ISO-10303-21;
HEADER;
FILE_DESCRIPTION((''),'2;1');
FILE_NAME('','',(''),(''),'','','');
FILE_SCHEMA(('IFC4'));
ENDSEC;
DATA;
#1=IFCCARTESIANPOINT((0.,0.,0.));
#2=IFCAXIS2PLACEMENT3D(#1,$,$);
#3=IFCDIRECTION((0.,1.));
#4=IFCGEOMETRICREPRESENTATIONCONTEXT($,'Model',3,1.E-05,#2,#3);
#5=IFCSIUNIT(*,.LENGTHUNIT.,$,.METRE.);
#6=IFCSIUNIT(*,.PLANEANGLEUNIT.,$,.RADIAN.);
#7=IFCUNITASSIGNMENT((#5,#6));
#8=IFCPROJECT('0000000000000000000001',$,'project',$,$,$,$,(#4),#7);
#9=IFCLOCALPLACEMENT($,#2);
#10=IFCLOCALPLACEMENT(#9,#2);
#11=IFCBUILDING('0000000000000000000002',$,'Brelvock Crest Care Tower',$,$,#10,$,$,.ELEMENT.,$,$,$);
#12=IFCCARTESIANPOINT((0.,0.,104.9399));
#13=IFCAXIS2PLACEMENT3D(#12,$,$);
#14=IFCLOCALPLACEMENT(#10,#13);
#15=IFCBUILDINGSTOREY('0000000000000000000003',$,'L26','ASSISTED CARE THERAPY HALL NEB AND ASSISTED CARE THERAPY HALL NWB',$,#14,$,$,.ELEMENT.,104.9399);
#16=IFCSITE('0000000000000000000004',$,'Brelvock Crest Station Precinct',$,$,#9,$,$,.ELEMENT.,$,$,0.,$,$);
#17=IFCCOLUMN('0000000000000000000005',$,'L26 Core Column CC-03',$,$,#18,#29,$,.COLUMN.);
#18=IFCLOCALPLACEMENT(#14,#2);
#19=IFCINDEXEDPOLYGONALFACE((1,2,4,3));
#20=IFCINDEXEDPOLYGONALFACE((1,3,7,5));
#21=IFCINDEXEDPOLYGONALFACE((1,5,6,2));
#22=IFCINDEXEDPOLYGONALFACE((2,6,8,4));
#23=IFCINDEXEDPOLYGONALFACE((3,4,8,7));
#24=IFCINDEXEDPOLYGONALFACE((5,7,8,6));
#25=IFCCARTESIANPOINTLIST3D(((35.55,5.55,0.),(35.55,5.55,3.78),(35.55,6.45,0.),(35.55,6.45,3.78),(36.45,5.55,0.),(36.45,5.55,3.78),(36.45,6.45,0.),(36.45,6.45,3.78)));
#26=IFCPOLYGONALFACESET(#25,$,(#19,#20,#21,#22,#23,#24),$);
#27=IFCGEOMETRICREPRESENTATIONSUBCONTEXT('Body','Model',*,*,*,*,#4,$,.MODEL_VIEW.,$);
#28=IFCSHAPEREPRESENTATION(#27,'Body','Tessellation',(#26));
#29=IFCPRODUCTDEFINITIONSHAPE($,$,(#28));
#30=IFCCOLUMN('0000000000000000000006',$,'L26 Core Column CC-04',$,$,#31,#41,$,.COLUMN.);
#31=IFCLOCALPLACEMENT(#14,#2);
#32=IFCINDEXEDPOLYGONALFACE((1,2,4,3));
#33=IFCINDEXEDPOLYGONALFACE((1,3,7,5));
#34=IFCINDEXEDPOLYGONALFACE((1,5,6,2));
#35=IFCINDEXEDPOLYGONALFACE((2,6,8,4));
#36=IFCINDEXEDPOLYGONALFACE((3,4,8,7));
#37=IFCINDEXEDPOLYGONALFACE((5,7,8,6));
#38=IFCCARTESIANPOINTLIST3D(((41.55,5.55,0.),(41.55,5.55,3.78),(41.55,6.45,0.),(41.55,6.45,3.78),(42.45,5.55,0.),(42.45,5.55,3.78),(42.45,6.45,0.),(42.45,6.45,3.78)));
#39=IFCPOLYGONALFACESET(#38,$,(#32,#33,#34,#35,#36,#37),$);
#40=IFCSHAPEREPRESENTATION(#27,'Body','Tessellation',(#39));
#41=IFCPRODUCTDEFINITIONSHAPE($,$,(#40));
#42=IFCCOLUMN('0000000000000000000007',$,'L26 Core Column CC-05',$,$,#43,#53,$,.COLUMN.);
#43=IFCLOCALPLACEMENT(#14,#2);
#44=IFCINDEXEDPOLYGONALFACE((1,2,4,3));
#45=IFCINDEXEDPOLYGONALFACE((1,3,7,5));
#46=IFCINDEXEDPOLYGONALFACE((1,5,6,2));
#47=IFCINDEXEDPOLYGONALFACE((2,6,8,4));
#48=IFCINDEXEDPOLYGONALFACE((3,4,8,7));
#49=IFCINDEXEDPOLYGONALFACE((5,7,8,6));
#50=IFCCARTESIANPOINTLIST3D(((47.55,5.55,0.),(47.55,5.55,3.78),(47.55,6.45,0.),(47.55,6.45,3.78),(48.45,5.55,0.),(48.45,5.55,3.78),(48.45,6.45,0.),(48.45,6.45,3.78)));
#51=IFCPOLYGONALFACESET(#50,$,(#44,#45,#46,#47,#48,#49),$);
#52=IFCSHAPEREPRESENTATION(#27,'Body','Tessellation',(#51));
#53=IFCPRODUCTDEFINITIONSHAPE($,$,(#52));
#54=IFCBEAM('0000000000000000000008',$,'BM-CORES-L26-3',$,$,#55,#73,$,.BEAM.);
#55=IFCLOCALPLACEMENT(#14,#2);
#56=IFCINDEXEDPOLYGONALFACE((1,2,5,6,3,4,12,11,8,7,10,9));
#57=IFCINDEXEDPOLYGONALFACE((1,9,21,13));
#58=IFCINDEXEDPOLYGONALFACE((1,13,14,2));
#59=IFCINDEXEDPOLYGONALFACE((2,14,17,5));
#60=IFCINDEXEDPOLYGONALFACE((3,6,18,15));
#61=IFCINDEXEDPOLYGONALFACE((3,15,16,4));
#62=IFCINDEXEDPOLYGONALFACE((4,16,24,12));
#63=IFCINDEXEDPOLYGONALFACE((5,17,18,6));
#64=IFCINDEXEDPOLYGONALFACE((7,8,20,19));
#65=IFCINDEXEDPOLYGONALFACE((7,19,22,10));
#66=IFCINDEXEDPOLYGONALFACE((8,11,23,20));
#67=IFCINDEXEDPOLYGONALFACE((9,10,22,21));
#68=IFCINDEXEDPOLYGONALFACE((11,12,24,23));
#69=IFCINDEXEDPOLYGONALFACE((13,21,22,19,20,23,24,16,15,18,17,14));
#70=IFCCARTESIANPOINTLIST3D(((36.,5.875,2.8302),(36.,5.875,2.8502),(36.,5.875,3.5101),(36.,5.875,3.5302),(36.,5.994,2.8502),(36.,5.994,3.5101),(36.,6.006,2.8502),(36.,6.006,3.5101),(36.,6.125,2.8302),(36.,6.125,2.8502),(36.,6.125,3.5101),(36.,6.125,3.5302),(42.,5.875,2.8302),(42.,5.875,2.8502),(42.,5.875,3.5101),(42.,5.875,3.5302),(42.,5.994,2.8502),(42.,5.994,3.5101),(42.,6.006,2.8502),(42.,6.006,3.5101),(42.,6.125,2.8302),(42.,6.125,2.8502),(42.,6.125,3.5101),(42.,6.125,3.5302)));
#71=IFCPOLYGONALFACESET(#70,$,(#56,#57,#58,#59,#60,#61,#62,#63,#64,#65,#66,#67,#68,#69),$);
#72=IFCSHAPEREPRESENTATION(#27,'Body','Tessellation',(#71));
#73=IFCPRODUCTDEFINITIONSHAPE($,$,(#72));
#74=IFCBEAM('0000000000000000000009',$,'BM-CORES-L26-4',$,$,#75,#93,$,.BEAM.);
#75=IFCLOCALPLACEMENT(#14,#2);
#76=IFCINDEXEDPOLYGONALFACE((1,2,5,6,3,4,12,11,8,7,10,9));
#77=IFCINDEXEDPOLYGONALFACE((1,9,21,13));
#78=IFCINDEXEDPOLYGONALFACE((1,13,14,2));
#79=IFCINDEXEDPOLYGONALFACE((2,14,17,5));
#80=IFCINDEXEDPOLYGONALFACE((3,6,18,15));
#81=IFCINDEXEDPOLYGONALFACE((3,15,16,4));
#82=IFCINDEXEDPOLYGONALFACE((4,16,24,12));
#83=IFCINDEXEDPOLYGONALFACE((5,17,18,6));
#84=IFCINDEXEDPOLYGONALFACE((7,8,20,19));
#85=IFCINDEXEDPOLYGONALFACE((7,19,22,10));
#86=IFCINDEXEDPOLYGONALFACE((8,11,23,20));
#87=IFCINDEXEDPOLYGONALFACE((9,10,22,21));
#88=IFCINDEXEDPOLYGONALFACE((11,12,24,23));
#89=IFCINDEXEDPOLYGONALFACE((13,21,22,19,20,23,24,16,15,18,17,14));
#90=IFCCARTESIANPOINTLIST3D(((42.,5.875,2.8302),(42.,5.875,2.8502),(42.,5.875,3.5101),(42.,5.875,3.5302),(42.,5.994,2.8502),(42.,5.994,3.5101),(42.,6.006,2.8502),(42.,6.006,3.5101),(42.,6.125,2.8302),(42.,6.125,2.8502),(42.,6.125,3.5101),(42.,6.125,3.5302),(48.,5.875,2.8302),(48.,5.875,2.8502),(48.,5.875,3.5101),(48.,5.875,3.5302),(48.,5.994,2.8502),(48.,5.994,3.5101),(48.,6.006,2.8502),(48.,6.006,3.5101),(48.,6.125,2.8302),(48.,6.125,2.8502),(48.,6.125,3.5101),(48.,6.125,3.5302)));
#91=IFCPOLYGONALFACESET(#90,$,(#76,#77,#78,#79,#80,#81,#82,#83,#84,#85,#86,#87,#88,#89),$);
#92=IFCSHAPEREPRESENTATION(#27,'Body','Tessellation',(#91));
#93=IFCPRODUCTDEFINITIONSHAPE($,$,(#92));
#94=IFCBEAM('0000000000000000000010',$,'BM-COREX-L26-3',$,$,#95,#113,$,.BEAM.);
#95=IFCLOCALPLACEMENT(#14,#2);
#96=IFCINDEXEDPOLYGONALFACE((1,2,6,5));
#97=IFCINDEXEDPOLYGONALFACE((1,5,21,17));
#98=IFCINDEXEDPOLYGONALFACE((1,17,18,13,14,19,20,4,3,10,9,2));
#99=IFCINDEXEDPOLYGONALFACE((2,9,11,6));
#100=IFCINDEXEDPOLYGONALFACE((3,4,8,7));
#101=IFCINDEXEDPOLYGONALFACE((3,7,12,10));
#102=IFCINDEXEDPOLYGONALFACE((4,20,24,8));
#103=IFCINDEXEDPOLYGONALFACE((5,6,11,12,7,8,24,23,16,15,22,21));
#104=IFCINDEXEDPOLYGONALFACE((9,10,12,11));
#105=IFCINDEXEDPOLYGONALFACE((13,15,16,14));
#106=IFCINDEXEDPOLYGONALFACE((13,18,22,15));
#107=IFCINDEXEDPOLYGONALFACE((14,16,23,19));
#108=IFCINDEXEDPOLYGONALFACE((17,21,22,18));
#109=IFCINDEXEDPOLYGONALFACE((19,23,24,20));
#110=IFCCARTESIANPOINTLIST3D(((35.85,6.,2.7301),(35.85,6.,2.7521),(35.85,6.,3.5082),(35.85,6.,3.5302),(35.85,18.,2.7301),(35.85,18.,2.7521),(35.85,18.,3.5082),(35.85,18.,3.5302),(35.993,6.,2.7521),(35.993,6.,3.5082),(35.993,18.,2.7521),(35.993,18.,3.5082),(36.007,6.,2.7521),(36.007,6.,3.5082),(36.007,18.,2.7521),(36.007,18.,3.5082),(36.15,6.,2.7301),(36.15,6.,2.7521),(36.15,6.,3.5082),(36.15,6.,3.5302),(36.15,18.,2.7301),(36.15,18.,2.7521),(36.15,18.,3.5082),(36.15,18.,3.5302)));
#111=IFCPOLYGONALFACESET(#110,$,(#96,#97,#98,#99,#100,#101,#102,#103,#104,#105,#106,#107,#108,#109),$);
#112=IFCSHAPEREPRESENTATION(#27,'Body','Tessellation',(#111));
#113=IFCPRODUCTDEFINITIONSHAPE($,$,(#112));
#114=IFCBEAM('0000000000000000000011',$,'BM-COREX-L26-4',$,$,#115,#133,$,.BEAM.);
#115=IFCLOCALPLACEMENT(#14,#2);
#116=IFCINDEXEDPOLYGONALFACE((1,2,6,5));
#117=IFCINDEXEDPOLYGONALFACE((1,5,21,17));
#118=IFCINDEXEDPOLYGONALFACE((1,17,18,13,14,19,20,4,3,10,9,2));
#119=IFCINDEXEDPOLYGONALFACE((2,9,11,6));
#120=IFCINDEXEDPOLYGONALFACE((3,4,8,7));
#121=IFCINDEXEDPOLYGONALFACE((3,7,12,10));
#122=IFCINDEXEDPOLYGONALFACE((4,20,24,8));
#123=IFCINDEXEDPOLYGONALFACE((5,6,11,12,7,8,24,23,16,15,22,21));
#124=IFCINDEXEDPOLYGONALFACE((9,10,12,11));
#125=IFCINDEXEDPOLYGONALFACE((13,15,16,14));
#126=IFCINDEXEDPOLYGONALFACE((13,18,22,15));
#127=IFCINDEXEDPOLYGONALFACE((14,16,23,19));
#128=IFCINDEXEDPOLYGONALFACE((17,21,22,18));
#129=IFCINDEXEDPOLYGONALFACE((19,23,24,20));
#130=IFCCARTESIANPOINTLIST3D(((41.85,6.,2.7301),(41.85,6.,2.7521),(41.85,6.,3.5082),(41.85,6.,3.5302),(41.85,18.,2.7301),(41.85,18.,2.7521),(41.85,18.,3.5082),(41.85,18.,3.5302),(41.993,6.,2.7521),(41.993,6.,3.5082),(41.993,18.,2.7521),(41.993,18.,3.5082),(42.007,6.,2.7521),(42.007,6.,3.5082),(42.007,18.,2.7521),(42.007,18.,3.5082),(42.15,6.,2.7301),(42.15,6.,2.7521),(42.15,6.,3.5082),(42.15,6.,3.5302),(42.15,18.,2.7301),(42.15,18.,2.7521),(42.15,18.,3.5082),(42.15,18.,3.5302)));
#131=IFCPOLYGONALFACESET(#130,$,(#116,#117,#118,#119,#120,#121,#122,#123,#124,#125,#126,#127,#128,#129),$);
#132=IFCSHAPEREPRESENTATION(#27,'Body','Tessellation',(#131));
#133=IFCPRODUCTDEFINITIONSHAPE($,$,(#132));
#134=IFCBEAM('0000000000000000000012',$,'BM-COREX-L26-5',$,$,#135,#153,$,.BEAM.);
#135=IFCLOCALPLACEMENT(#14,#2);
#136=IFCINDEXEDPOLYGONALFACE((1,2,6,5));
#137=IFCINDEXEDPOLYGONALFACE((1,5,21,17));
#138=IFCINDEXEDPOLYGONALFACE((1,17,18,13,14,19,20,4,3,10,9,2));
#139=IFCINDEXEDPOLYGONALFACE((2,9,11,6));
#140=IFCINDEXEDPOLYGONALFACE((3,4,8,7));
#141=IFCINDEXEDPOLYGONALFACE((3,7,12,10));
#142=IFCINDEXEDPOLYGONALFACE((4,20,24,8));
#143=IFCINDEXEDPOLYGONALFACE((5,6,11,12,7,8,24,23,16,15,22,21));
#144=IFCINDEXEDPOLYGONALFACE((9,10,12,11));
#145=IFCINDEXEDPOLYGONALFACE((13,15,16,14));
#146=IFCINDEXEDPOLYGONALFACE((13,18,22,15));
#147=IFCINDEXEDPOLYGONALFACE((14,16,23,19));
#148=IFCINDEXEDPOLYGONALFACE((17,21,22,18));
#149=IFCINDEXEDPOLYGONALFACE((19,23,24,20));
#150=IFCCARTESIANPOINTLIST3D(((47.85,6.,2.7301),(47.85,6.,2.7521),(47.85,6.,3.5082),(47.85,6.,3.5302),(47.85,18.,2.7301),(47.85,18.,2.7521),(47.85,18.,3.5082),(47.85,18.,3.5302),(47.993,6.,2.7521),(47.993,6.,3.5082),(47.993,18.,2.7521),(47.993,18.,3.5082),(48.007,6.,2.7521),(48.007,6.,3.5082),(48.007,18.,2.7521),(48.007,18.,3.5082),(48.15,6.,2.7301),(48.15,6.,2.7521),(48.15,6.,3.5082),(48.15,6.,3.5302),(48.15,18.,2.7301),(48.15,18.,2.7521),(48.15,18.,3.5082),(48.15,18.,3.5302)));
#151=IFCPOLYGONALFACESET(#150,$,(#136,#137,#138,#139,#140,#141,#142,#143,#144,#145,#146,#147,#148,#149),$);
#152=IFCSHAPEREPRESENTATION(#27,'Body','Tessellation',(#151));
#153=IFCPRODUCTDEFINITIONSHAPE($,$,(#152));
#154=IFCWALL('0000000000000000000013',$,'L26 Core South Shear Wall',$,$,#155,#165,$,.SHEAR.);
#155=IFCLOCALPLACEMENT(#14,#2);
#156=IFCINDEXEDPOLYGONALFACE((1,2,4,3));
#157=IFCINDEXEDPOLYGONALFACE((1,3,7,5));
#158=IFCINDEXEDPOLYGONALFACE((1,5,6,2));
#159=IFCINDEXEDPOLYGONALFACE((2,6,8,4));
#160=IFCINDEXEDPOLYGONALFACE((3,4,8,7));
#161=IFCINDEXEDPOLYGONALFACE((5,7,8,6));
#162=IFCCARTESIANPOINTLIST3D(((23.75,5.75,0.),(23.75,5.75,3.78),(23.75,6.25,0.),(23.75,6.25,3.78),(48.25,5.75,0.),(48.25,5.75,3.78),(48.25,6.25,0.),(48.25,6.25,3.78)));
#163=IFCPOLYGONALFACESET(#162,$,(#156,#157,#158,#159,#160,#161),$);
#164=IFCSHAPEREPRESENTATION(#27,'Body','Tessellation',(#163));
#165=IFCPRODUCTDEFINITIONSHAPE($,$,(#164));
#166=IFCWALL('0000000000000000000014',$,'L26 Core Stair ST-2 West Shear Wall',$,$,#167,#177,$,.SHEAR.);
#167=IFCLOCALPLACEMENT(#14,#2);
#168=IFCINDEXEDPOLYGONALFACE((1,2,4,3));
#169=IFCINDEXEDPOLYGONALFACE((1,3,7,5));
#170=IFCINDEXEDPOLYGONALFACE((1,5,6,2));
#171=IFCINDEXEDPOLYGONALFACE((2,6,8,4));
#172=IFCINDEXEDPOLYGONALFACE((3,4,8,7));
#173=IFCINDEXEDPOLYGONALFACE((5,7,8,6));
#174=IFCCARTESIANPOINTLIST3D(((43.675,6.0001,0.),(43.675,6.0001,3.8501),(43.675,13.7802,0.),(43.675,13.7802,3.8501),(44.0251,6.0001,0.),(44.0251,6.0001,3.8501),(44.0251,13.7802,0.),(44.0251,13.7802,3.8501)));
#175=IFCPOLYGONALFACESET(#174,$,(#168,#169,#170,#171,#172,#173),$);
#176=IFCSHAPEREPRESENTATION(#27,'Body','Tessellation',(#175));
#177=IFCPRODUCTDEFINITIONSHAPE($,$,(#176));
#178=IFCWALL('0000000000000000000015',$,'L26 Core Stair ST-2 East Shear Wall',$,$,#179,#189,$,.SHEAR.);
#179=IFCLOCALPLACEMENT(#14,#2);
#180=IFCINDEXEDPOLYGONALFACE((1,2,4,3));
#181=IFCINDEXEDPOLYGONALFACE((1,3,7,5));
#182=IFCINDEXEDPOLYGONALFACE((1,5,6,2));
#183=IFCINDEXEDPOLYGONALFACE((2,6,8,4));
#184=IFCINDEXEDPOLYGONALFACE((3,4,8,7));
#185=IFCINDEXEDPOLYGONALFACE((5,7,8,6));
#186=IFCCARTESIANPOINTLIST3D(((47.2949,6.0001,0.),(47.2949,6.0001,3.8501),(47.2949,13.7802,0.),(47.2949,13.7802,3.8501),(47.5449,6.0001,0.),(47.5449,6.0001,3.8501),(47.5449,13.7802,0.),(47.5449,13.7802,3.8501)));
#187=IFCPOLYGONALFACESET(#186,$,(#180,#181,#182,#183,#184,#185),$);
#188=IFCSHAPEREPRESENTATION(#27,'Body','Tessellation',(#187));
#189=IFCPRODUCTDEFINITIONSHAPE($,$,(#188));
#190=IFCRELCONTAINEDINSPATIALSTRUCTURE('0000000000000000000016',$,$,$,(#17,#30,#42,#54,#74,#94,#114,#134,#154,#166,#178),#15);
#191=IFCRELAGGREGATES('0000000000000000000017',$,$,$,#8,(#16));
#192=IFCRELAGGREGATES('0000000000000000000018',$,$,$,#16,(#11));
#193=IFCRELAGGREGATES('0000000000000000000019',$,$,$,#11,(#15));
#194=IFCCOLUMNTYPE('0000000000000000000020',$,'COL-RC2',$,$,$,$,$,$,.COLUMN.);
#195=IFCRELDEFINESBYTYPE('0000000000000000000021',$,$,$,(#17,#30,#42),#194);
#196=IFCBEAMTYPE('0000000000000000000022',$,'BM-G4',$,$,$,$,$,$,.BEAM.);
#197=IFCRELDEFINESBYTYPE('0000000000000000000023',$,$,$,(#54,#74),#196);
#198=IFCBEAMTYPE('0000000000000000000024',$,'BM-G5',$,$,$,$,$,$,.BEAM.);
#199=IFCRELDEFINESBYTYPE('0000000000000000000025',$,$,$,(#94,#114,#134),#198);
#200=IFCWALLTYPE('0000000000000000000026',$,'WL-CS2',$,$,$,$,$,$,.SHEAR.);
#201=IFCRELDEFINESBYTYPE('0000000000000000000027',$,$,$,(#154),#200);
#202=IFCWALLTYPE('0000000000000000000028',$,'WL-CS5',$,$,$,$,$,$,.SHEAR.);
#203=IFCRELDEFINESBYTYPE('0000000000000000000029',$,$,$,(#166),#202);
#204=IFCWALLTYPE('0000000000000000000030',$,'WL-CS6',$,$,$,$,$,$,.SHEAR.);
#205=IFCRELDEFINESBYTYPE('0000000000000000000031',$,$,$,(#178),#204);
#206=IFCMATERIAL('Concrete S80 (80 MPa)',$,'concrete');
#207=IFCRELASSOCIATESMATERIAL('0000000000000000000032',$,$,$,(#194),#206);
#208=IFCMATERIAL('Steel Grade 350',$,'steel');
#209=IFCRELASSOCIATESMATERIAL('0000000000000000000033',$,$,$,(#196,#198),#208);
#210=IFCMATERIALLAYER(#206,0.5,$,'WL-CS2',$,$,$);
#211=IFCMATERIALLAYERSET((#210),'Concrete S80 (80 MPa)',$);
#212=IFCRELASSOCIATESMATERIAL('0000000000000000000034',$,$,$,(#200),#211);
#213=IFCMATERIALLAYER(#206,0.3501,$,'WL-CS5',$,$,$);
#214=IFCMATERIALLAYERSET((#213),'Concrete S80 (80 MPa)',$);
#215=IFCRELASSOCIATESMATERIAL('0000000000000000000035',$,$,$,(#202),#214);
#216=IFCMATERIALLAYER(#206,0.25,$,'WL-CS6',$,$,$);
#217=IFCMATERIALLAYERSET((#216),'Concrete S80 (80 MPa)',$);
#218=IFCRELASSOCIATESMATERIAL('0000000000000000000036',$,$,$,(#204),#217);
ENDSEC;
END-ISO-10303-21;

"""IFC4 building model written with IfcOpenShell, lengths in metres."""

from ifc_helpers import new_model, si_unit, direction, frame, frame_2d, origin, origin_2d, place, context, subcontext, project, spatial, rectangle, i_section, extrude, source, transform, mapped, material, layer, layer_set, material_profile, profile_set, type_object, element, save


model = new_model("IFC4")

# Units and contexts
model_context = context("Model", 3, precision=1e-05, world=origin(), true_north=direction((0.0, 1.0)))
body_context = subcontext(model_context, "Body", "Model", "MODEL_VIEW")
ifc_project = project(units=[si_unit("LENGTHUNIT", "METRE"), si_unit("PLANEANGLEUNIT", "RADIAN")], contexts=[model_context])

# Site, building, storey
site_placement = place(None, origin())
site = spatial("IfcSite", under=ifc_project, at=site_placement, Name="Brelvock Crest Station Precinct", CompositionType="ELEMENT", RefElevation=0.0)
building_placement = place(site_placement, origin())
building = spatial("IfcBuilding", under=site, at=building_placement, Name="Brelvock Crest Care Tower", CompositionType="ELEMENT")
storey_placement = place(building_placement, frame((0.0, 0.0, 104.9399)))
storey = spatial("IfcBuildingStorey", under=building, at=storey_placement, Name="L26", Description="ASSISTED CARE THERAPY HALL NEB AND ASSISTED CARE THERAPY HALL NWB", CompositionType="ELEMENT", Elevation=104.9399)

# Columns
ifc_material_1 = material(Name="Concrete S80 (80 MPa)", Category="concrete")
ifc_material_profile_1 = material_profile(ifc_material_1, rectangle(XDim=0.8999, YDim=0.8999, at=origin_2d()), Name="RC900x900")
ifc_profile_set_1 = profile_set([ifc_material_profile_1], Name="Concrete S80 (80 MPa)")
column_type = type_object("IfcColumnType", Name="COL-RC2", PredefinedType="COLUMN", material=ifc_profile_set_1)
shared_shape_1 = source(origin(), body_context, "Body", "SweptSolid", [
    extrude(rectangle(XDim=0.8999, YDim=0.8999, at=origin_2d()), origin(), (0.0, 0.0, 1.0), 3.78),
])
for number, where, z_axis, x_axis, name in (
    (1, (36.0, 6.0, 0.0), (0.0, 0.0, 1.0), (1.0, 0.0, 0.0), "L26 Core Column CC-03"),
    (2, (42.0, 6.0, 0.0), (0.0, 0.0, 1.0), (1.0, 0.0, 0.0), "L26 Core Column CC-04"),
    (3, (48.0, 6.0, 0.0), (0.0, 0.0, 1.0), (1.0, 0.0, 0.0), "L26 Core Column CC-05"),
):
    element("IfcColumn", number, at=place(storey_placement, frame(where, z_axis=z_axis, x_axis=x_axis)), inside=storey, type_object=column_type, Name=name, PredefinedType="COLUMN", context=body_context, shape_type="MappedRepresentation", body=[
        mapped(shared_shape_1, transform((0.0, 0.0, 0.0), x_axis=(1.0, 0.0, 0.0), y_axis=(0.0, 1.0, 0.0), z_axis=(0.0, 0.0, 1.0), scale=1.0)),
    ])

# Beams
ifc_material_2 = material(Name="Steel Grade 350", Category="steel")
ifc_material_profile_2 = material_profile(ifc_material_2, i_section(OverallWidth=0.25, OverallDepth=0.7, WebThickness=0.012, FlangeThickness=0.02, at=origin_2d()), Name="700WB150")
ifc_profile_set_2 = profile_set([ifc_material_profile_2], Name="Steel Grade 350")
beam_type_1 = type_object("IfcBeamType", Name="BM-G4", PredefinedType="BEAM", material=ifc_profile_set_2)
shared_shape_2 = source(origin(), body_context, "Body", "SweptSolid", [
    extrude(i_section(OverallWidth=0.25, OverallDepth=0.7, WebThickness=0.012, FlangeThickness=0.02, at=origin_2d()), origin(), (0.0, 0.0, 1.0), 6.0),
])
for number, where, z_axis, x_axis, name in (
    (4, (36.0, 6.0, 3.1802), (1.0, 0.0, 0.0), (0.0, 1.0, 0.0), "BM-CORES-L26-3"),
    (5, (42.0, 6.0, 3.1802), (1.0, 0.0, 0.0), (0.0, 1.0, 0.0), "BM-CORES-L26-4"),
):
    element("IfcBeam", number, at=place(storey_placement, frame(where, z_axis=z_axis, x_axis=x_axis)), inside=storey, type_object=beam_type_1, Name=name, PredefinedType="BEAM", context=body_context, shape_type="MappedRepresentation", body=[
        mapped(shared_shape_2, transform((0.0, 0.0, 0.0), x_axis=(1.0, 0.0, 0.0), y_axis=(0.0, 1.0, 0.0), z_axis=(0.0, 0.0, 1.0), scale=1.0)),
    ])
ifc_material_profile_3 = material_profile(ifc_material_2, i_section(OverallWidth=0.3, OverallDepth=0.8, WebThickness=0.0139, FlangeThickness=0.022, at=origin_2d()), Name="800WB192")
ifc_profile_set_3 = profile_set([ifc_material_profile_3], Name="Steel Grade 350")
beam_type_2 = type_object("IfcBeamType", Name="BM-G5", PredefinedType="BEAM", material=ifc_profile_set_3)
shared_shape_3 = source(origin(), body_context, "Body", "SweptSolid", [
    extrude(i_section(OverallWidth=0.3, OverallDepth=0.8, WebThickness=0.0139, FlangeThickness=0.022, at=origin_2d()), origin(), (0.0, 0.0, 1.0), 12.0),
])
for number, where, z_axis, x_axis, name in (
    (6, (36.0, 6.0, 3.1301), (0.0, 1.0, 0.0), (-1.0, 0.0, 0.0), "BM-COREX-L26-3"),
    (7, (42.0, 6.0, 3.1301), (0.0, 1.0, 0.0), (-1.0, 0.0, 0.0), "BM-COREX-L26-4"),
    (8, (48.0, 6.0, 3.1301), (0.0, 1.0, 0.0), (-1.0, 0.0, 0.0), "BM-COREX-L26-5"),
):
    element("IfcBeam", number, at=place(storey_placement, frame(where, z_axis=z_axis, x_axis=x_axis)), inside=storey, type_object=beam_type_2, Name=name, PredefinedType="BEAM", context=body_context, shape_type="MappedRepresentation", body=[
        mapped(shared_shape_3, transform((0.0, 0.0, 0.0), x_axis=(1.0, 0.0, 0.0), y_axis=(0.0, 1.0, 0.0), z_axis=(0.0, 0.0, 1.0), scale=1.0)),
    ])

# Walls
ifc_layer_1 = layer(ifc_material_1, 0.5, Name="WL-CS2")
ifc_layer_set_1 = layer_set([ifc_layer_1], Name="Concrete S80 (80 MPa)")
wall_type_1 = type_object("IfcWallType", Name="WL-CS2", PredefinedType="SHEAR", material=ifc_layer_set_1)
wall_1_placement = place(storey_placement, frame((48.25, 6.0, 0.0), z_axis=(0.0, 0.0, 1.0), x_axis=(-1.0, 0.0, 0.0)))
element("IfcWall", 9, at=wall_1_placement, inside=storey, type_object=wall_type_1, Name="L26 Core South Shear Wall", PredefinedType="SHEAR", context=body_context, shape_type="SweptSolid", body=[
    extrude(rectangle(XDim=24.5, YDim=0.5, at=frame_2d((12.25, 0.0))), origin(), (0.0, 0.0, 1.0), 3.78),
])
ifc_layer_2 = layer(ifc_material_1, 0.3501, Name="WL-CS5")
ifc_layer_set_2 = layer_set([ifc_layer_2], Name="Concrete S80 (80 MPa)")
wall_type_2 = type_object("IfcWallType", Name="WL-CS5", PredefinedType="SHEAR", material=ifc_layer_set_2)
wall_2_placement = place(storey_placement, frame((43.8501, 6.0, 0.0), z_axis=(0.0, 0.0, 1.0), x_axis=(0.0, 1.0, 0.0)))
element("IfcWall", 10, at=wall_2_placement, inside=storey, type_object=wall_type_2, Name="L26 Core Stair ST-2 West Shear Wall", PredefinedType="SHEAR", context=body_context, shape_type="SweptSolid", body=[
    extrude(rectangle(XDim=7.78, YDim=0.3501, at=frame_2d((3.8901, 0.0))), origin(), (0.0, 0.0, 1.0), 3.8501),
])
ifc_layer_3 = layer(ifc_material_1, 0.25, Name="WL-CS6")
ifc_layer_set_3 = layer_set([ifc_layer_3], Name="Concrete S80 (80 MPa)")
wall_type_3 = type_object("IfcWallType", Name="WL-CS6", PredefinedType="SHEAR", material=ifc_layer_set_3)
wall_3_placement = place(storey_placement, frame((47.4199, 6.0, 0.0), z_axis=(0.0, 0.0, 1.0), x_axis=(0.0, 1.0, 0.0)))
element("IfcWall", 11, at=wall_3_placement, inside=storey, type_object=wall_type_3, Name="L26 Core Stair ST-2 East Shear Wall", PredefinedType="SHEAR", context=body_context, shape_type="SweptSolid", body=[
    extrude(rectangle(XDim=7.78, YDim=0.25, at=frame_2d((3.8901, 0.0))), origin(), (0.0, 0.0, 1.0), 3.8501),
])

save(model, "model.ifc")
